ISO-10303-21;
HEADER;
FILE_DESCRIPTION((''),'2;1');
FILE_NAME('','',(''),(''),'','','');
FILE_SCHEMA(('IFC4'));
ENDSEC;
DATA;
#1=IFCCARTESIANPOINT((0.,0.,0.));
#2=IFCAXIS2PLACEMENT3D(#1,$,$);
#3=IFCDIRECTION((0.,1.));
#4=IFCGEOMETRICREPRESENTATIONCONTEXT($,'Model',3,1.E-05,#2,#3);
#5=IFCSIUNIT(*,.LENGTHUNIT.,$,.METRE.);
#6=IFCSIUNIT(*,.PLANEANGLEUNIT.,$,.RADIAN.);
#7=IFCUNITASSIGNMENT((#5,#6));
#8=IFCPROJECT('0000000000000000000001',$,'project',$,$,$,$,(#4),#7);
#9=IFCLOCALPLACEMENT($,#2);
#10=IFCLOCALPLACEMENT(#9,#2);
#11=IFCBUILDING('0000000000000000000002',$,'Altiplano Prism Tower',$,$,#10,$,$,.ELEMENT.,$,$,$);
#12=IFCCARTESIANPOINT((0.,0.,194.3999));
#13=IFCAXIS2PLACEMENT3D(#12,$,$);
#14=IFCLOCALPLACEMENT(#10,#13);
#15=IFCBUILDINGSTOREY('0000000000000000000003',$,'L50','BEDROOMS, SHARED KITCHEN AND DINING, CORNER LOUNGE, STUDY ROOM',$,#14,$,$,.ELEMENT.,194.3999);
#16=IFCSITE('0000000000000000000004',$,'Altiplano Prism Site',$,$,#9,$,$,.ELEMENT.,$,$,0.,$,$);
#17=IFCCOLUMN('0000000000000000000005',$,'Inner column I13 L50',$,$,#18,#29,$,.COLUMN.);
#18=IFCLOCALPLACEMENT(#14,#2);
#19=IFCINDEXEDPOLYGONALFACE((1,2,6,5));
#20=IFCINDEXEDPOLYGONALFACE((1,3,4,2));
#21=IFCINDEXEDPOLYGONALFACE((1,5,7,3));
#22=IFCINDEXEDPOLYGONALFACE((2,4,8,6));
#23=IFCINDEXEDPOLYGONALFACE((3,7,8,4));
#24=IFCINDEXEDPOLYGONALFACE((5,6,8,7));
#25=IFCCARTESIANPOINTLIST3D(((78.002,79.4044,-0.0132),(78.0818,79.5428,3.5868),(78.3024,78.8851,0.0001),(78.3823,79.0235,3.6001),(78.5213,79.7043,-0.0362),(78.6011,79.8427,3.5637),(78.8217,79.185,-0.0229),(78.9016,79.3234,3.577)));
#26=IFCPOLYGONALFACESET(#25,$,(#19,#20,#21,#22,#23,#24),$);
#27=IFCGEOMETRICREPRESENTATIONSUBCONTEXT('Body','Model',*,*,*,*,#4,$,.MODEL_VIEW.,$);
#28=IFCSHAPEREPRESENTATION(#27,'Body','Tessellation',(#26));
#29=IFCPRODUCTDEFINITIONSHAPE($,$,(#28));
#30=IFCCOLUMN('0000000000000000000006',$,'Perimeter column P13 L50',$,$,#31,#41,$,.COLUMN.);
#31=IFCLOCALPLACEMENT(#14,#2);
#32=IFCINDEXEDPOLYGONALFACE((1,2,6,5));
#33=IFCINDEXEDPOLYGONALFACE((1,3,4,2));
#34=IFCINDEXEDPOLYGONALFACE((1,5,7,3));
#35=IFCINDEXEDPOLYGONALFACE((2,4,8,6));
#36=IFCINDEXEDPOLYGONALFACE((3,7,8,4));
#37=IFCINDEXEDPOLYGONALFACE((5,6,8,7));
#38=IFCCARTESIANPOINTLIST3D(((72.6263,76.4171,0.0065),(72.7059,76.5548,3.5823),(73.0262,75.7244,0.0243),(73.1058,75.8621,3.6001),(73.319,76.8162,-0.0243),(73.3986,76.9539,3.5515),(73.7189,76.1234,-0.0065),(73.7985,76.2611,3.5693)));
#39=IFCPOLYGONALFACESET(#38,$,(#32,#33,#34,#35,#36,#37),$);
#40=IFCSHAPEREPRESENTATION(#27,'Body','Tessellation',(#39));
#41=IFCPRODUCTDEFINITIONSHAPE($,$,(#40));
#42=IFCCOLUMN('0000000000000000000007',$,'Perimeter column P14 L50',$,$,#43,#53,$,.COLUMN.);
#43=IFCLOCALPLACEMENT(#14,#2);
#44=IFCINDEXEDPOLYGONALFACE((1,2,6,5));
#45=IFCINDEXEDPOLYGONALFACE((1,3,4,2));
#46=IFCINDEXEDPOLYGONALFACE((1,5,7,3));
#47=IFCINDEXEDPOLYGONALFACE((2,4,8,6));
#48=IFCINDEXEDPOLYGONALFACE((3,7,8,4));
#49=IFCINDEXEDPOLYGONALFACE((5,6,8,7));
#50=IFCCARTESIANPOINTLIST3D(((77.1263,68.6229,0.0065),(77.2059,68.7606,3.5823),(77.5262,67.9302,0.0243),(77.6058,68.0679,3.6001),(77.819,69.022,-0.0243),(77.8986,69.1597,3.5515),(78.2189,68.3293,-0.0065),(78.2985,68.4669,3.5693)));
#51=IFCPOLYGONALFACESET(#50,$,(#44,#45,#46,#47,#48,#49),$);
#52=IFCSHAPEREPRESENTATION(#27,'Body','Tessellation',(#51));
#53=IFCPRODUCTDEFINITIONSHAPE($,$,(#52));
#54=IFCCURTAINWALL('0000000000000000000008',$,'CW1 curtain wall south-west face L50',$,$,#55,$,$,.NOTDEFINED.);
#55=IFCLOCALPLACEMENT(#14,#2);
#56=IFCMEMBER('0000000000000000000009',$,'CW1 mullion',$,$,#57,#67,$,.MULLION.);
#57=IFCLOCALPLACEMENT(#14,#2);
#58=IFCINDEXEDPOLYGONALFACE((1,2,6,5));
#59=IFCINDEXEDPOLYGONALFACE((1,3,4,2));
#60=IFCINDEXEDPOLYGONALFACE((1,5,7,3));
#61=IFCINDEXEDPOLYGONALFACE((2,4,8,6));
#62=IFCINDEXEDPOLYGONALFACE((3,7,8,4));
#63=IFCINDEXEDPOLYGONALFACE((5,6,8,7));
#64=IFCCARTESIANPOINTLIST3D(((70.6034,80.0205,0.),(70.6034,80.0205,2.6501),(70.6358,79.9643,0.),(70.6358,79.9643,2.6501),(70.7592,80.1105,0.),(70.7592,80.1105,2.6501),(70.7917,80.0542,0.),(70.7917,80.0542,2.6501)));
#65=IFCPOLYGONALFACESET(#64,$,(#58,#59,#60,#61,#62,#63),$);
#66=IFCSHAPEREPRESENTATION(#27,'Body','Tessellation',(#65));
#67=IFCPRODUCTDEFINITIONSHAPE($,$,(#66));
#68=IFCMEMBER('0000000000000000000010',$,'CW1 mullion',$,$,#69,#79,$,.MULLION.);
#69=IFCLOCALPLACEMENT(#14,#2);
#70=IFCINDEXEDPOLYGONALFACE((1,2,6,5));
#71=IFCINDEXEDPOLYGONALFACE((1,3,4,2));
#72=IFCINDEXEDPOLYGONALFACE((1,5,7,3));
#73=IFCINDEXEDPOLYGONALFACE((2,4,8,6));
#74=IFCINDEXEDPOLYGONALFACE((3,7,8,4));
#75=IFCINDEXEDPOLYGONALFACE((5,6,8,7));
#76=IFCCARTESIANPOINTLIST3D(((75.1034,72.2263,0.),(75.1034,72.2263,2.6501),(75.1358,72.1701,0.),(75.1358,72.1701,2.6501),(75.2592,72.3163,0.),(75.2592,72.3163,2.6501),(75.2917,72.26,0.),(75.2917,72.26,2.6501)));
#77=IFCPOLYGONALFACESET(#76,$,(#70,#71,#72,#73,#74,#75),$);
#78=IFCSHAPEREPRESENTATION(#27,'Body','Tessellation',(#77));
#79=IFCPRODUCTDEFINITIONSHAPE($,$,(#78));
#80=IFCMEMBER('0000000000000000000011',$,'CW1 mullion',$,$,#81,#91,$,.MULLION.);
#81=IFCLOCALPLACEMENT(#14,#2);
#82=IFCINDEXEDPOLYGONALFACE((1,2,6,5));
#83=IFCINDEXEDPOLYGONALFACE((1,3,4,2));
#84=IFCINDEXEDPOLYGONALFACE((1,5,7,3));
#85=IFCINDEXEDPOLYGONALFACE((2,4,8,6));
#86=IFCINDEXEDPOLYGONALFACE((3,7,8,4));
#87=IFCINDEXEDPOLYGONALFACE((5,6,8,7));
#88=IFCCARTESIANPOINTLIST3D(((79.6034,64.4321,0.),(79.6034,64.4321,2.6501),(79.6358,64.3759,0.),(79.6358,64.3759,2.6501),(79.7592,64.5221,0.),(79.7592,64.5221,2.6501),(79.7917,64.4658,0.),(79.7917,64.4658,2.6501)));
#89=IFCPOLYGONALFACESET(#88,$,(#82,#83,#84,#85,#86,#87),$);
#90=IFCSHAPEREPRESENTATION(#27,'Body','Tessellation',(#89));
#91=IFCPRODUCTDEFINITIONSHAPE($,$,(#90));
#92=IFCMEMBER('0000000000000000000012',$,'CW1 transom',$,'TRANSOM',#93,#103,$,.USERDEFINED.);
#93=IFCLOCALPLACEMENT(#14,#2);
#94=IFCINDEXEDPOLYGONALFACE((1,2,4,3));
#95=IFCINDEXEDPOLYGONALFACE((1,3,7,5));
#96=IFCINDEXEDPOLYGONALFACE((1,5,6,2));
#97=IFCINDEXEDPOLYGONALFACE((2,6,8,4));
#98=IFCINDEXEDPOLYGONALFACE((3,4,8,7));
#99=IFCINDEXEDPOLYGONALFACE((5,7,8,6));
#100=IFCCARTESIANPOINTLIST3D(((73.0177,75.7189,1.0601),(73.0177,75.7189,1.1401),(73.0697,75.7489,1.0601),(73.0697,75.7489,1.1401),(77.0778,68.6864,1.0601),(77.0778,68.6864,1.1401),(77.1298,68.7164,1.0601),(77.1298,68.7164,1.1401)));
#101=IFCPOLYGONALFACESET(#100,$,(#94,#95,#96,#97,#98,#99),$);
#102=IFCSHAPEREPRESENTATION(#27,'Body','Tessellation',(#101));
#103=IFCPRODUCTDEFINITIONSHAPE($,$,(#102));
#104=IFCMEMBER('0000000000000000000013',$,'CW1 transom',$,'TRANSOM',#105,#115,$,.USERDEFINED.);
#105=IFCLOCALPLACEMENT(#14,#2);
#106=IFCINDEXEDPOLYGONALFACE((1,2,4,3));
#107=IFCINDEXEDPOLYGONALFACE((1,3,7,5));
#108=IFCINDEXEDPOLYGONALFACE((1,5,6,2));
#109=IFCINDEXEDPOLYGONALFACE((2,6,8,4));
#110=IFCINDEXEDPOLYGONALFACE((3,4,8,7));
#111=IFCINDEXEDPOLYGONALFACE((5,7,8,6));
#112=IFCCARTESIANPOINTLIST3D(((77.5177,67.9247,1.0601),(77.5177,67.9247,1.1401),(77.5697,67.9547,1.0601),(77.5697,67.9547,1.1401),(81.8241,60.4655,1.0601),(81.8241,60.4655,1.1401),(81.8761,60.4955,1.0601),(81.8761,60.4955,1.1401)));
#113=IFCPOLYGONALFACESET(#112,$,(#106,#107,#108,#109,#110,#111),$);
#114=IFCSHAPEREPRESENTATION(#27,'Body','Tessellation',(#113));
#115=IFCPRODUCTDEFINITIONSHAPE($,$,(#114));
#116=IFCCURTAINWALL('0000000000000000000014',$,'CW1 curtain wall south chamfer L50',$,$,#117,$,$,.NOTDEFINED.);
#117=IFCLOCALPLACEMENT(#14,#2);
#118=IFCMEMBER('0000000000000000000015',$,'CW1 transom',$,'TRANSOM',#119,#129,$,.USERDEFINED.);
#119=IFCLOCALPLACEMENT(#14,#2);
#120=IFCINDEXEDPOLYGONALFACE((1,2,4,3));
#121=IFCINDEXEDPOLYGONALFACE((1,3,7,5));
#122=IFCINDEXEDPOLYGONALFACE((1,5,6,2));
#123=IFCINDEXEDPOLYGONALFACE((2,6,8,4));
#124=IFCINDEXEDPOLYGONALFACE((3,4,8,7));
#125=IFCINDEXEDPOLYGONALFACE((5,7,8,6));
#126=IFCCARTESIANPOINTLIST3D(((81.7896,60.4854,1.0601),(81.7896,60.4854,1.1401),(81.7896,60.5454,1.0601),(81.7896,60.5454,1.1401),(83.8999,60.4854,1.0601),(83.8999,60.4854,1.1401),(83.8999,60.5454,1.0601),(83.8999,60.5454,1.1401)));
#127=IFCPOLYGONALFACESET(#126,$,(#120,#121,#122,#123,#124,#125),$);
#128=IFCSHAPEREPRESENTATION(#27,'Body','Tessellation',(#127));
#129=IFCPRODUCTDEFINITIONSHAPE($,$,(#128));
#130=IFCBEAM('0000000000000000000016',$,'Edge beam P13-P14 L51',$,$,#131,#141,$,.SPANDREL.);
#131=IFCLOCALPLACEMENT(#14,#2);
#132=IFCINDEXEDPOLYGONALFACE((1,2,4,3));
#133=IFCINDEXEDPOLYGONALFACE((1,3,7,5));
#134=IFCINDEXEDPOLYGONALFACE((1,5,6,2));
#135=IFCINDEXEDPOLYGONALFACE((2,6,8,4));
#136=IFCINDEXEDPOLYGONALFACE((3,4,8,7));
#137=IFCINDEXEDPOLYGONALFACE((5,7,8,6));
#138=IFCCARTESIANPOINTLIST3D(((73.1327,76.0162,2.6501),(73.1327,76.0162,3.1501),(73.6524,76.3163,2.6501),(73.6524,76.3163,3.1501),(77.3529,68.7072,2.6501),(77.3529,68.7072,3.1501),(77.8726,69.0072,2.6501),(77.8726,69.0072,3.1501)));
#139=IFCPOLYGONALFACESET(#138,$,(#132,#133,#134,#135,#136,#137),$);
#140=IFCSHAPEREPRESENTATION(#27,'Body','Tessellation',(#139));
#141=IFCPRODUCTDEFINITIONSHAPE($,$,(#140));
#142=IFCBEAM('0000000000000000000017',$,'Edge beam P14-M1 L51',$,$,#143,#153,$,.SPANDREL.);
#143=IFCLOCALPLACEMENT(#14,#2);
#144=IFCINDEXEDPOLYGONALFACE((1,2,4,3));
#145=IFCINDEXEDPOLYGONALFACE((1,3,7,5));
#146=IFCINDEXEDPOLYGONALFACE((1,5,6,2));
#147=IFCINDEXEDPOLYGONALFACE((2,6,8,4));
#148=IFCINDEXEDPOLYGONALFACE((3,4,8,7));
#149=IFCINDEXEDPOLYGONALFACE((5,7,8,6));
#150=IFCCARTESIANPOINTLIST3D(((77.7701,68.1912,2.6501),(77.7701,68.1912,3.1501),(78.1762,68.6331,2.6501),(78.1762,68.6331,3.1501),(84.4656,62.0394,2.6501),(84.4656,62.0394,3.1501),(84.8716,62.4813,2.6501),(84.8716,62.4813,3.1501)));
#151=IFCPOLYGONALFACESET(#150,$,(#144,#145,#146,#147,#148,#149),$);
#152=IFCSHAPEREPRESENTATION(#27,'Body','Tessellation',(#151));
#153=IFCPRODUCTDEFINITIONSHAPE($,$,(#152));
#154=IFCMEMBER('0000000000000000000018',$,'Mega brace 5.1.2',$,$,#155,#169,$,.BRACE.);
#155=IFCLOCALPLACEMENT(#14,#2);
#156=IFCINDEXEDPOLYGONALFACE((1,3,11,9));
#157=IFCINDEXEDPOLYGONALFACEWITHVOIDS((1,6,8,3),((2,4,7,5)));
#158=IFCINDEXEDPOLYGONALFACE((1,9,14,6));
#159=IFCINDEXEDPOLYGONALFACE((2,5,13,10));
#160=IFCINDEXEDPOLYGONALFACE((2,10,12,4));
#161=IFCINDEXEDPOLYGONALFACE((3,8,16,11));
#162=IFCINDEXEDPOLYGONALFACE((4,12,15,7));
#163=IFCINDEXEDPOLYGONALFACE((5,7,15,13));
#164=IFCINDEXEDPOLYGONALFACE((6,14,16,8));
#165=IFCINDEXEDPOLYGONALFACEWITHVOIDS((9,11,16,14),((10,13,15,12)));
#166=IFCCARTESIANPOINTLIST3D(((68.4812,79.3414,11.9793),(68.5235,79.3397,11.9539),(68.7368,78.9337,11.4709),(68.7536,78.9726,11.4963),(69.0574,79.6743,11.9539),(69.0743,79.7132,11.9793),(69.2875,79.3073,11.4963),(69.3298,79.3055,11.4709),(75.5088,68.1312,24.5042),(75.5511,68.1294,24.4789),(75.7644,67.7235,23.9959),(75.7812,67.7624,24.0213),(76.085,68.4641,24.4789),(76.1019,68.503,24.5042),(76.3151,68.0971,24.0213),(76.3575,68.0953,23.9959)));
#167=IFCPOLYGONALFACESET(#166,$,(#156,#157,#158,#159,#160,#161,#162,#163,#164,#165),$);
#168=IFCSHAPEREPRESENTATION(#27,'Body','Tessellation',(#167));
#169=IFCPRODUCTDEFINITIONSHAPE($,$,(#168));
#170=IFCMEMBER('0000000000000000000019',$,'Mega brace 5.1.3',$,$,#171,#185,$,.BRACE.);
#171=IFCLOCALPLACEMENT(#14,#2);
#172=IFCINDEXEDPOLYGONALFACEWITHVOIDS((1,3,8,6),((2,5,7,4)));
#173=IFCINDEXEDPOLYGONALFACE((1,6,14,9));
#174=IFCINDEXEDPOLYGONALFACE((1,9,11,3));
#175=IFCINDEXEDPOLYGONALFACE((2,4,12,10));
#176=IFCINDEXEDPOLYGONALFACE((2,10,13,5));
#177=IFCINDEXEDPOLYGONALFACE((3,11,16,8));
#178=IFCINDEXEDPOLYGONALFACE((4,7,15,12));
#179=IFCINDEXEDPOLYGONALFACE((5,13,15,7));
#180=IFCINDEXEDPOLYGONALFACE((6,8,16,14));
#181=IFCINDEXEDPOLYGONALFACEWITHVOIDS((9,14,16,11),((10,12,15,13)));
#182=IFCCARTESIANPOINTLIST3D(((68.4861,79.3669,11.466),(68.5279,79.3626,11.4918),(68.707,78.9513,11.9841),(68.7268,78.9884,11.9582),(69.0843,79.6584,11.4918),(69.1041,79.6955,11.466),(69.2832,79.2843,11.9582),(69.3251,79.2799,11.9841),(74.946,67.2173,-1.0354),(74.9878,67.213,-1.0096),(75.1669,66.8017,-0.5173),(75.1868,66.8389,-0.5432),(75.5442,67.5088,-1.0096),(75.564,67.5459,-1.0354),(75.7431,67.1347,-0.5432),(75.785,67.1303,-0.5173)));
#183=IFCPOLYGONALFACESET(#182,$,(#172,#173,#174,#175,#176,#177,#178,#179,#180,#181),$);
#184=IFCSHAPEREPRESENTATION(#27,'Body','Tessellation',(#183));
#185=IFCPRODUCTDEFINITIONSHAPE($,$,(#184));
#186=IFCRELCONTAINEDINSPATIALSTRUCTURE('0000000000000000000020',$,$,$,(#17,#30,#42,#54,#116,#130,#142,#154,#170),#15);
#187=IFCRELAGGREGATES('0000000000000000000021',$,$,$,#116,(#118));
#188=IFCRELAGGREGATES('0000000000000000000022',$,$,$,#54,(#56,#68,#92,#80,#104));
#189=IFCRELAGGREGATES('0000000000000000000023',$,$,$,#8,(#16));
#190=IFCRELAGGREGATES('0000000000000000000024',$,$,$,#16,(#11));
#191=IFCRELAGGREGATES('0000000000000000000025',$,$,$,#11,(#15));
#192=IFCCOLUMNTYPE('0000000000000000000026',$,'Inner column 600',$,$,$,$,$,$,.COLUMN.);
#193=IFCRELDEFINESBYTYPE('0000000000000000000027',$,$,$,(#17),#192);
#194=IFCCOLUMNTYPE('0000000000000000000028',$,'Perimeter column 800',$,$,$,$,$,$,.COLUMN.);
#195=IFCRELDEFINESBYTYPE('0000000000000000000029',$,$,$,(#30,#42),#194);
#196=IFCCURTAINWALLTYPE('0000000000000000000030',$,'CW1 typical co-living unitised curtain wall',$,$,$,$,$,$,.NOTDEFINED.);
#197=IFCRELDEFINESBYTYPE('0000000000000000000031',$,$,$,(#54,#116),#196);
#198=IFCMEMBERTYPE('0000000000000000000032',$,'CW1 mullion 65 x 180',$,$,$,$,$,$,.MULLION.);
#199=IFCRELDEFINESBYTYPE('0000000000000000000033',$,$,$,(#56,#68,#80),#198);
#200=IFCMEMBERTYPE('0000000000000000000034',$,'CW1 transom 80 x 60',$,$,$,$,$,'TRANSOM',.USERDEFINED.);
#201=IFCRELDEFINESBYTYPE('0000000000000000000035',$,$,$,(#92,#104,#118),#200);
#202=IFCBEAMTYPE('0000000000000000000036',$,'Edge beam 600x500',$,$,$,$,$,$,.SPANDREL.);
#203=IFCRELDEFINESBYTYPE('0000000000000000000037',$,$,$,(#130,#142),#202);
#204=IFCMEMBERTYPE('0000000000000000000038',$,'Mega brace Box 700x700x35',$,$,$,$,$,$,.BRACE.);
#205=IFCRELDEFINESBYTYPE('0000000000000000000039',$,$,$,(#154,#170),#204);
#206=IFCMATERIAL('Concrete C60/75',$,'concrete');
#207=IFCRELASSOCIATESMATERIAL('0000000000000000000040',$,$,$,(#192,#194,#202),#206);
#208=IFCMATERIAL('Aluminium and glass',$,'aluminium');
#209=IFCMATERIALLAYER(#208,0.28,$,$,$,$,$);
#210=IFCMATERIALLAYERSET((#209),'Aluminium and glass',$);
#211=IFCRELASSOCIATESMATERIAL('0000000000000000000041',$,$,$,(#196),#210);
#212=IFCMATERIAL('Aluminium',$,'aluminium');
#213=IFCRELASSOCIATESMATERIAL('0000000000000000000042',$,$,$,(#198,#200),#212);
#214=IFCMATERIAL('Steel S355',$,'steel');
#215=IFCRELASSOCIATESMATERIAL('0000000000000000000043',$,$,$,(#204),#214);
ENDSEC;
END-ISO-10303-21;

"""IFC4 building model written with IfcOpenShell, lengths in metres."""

from ifc_helpers import new_model, si_unit, direction, frame, origin, origin_2d, place, context, subcontext, project, spatial, rectangle, hollow_rectangle, extrude, material, layer, layer_set, material_profile, profile_set, type_object, element, aggregate, save


model = new_model("IFC4")

# Units and contexts
model_context = context("Model", 3, precision=1e-05, world=origin(), true_north=direction((0.0, 1.0)))
body_context = subcontext(model_context, "Body", "Model", "MODEL_VIEW")
ifc_project = project(units=[si_unit("LENGTHUNIT", "METRE"), si_unit("PLANEANGLEUNIT", "RADIAN")], contexts=[model_context])

# Site, building, storey
site_placement = place(None, origin())
site = spatial("IfcSite", under=ifc_project, at=site_placement, Name="Altiplano Prism Site", CompositionType="ELEMENT", RefElevation=0.0)
building_placement = place(site_placement, origin())
building = spatial("IfcBuilding", under=site, at=building_placement, Name="Altiplano Prism Tower", CompositionType="ELEMENT")
storey_placement = place(building_placement, frame((0.0, 0.0, 194.3999)))
storey = spatial("IfcBuildingStorey", under=building, at=storey_placement, Name="L50", Description="BEDROOMS, SHARED KITCHEN AND DINING, CORNER LOUNGE, STUDY ROOM", CompositionType="ELEMENT", Elevation=194.3999)

# Columns
ifc_material_1 = material(Name="Concrete C60/75", Category="concrete")
ifc_material_profile_1 = material_profile(ifc_material_1, rectangle(XDim=0.6001, YDim=0.6001, at=origin_2d()), Name="Inner column 600")
ifc_profile_set_1 = profile_set([ifc_material_profile_1], Name="Concrete C60/75")
column_type_1 = type_object("IfcColumnType", Name="Inner column 600", PredefinedType="COLUMN", material=ifc_profile_set_1)
column_placement = place(storey_placement, frame((78.4119, 79.2947, -0.0181), z_axis=(0.022155, 0.038416, 0.999016), x_axis=(-0.865365, -0.499669, 0.038405)))
element("IfcColumn", 1, at=column_placement, inside=storey, type_object=column_type_1, Name="Inner column I13 L50", PredefinedType="COLUMN", context=body_context, shape_type="SweptSolid", body=[
    extrude(rectangle(XDim=0.6001, YDim=0.6001, at=origin_2d()), origin(), (0.0, 0.0, 1.0), 3.6035),
])
ifc_material_profile_2 = material_profile(ifc_material_1, rectangle(XDim=0.8, YDim=0.8, at=origin_2d()), Name="Perimeter column 800")
ifc_profile_set_2 = profile_set([ifc_material_profile_2], Name="Concrete C60/75")
column_type_2 = type_object("IfcColumnType", Name="Perimeter column 800", PredefinedType="COLUMN", material=ifc_profile_set_2)
for number, where, z_axis, x_axis, name in (
    (2, (73.1726, 76.2703, 0.0), (0.022235, 0.038468, 0.999012), (-0.865848, -0.498826, 0.038479), "Perimeter column P13 L50"),
    (3, (77.6726, 68.4761, 0.0), (0.022235, 0.038468, 0.999012), (-0.865848, -0.498826, 0.038479), "Perimeter column P14 L50"),
):
    element("IfcColumn", number, at=place(storey_placement, frame(where, z_axis=z_axis, x_axis=x_axis)), inside=storey, type_object=column_type_2, Name=name, PredefinedType="COLUMN", context=body_context, shape_type="SweptSolid", body=[
        extrude(rectangle(XDim=0.8, YDim=0.8, at=origin_2d()), origin(), (0.0, 0.0, 1.0), 3.5793),
    ])

# Curtain wall, members
ifc_material_2 = material(Name="Aluminium and glass", Category="aluminium")
ifc_layer_1 = layer(ifc_material_2, 0.28)
ifc_layer_set_1 = layer_set([ifc_layer_1], Name="Aluminium and glass")
curtain_wall_type = type_object("IfcCurtainWallType", Name="CW1 typical co-living unitised curtain wall", PredefinedType="NOTDEFINED", material=ifc_layer_set_1)
curtain_wall_1_placement = place(storey_placement, origin())
curtain_wall_1 = element("IfcCurtainWall", 4, at=curtain_wall_1_placement, inside=storey, type_object=curtain_wall_type, Name="CW1 curtain wall south-west face L50", PredefinedType="NOTDEFINED")
ifc_material_3 = material(Name="Aluminium", Category="aluminium")
ifc_material_profile_3 = material_profile(ifc_material_3, rectangle(XDim=0.1799, YDim=0.0649, at=origin_2d()), Name="CW1 mullion 65 x 180")
ifc_profile_set_3 = profile_set([ifc_material_profile_3], Name="Aluminium")
member_type_1 = type_object("IfcMemberType", Name="CW1 mullion 65 x 180", PredefinedType="MULLION", material=ifc_profile_set_3)
member_1_placement = place(storey_placement, frame((70.6975, 80.0374, 0.0), z_axis=(0.0, 0.0, 1.0), x_axis=(0.866025, 0.5, 0.0)))
member_1 = element("IfcMember", 5, at=member_1_placement, type_object=member_type_1, Name="CW1 mullion", PredefinedType="MULLION", context=body_context, shape_type="SweptSolid", body=[
    extrude(rectangle(XDim=0.1799, YDim=0.0649, at=origin_2d()), origin(), (0.0, 0.0, 1.0), 2.6501),
])
member_2_placement = place(storey_placement, frame((75.1975, 72.2432, 0.0), z_axis=(0.0, 0.0, 1.0), x_axis=(0.866025, 0.5, 0.0)))
member_2 = element("IfcMember", 6, at=member_2_placement, type_object=member_type_1, Name="CW1 mullion", PredefinedType="MULLION", context=body_context, shape_type="SweptSolid", body=[
    extrude(rectangle(XDim=0.1799, YDim=0.0649, at=origin_2d()), origin(), (0.0, 0.0, 1.0), 2.6501),
])
member_3_placement = place(storey_placement, frame((79.6975, 64.449, 0.0), z_axis=(0.0, 0.0, 1.0), x_axis=(0.866025, 0.5, 0.0)))
member_3 = element("IfcMember", 7, at=member_3_placement, type_object=member_type_1, Name="CW1 mullion", PredefinedType="MULLION", context=body_context, shape_type="SweptSolid", body=[
    extrude(rectangle(XDim=0.1799, YDim=0.0649, at=origin_2d()), origin(), (0.0, 0.0, 1.0), 2.6501),
])
ifc_material_profile_4 = material_profile(ifc_material_3, rectangle(XDim=0.0601, YDim=0.0801, at=origin_2d()), Name="CW1 transom 80 x 60")
ifc_profile_set_4 = profile_set([ifc_material_profile_4], Name="Aluminium")
member_type_2 = type_object("IfcMemberType", Name="CW1 transom 80 x 60", ElementType="TRANSOM", PredefinedType="USERDEFINED", material=ifc_profile_set_4)
member_4_placement = place(storey_placement, frame((73.0437, 75.7339, 1.1001), z_axis=(0.499987, -0.866033, 0.0), x_axis=(0.866033, 0.499987, 0.0)))
member_4 = element("IfcMember", 8, at=member_4_placement, type_object=member_type_2, Name="CW1 transom", ObjectType="TRANSOM", PredefinedType="USERDEFINED", context=body_context, shape_type="SweptSolid", body=[
    extrude(rectangle(XDim=0.0601, YDim=0.0801, at=origin_2d()), origin(), (0.0, 0.0, 1.0), 8.1204),
])
member_5_placement = place(storey_placement, frame((77.5437, 67.9397, 1.1001), z_axis=(0.499983, -0.866035, 0.0), x_axis=(0.866035, 0.499983, 0.0)))
member_5 = element("IfcMember", 9, at=member_5_placement, type_object=member_type_2, Name="CW1 transom", ObjectType="TRANSOM", PredefinedType="USERDEFINED", context=body_context, shape_type="SweptSolid", body=[
    extrude(rectangle(XDim=0.0601, YDim=0.0801, at=origin_2d()), origin(), (0.0, 0.0, 1.0), 8.613),
])

# Curtain wall, member
curtain_wall_2_placement = place(storey_placement, origin())
curtain_wall_2 = element("IfcCurtainWall", 10, at=curtain_wall_2_placement, inside=storey, type_object=curtain_wall_type, Name="CW1 curtain wall south chamfer L50", PredefinedType="NOTDEFINED")
member_6_placement = place(storey_placement, frame((81.7896, 60.5154, 1.1001), z_axis=(1.0, 0.0, 0.0), x_axis=(0.0, 1.0, 0.0)))
member_6 = element("IfcMember", 11, at=member_6_placement, type_object=member_type_2, Name="CW1 transom", ObjectType="TRANSOM", PredefinedType="USERDEFINED", context=body_context, shape_type="SweptSolid", body=[
    extrude(rectangle(XDim=0.0601, YDim=0.0801, at=origin_2d()), origin(), (0.0, 0.0, 1.0), 2.1104),
])
aggregate(curtain_wall_2, [member_6])

# Beams
ifc_material_profile_5 = material_profile(ifc_material_1, rectangle(XDim=0.6001, YDim=0.5, at=origin_2d()), Name="Edge beam 600x500")
ifc_profile_set_5 = profile_set([ifc_material_profile_5], Name="Concrete C60/75")
beam_type_1 = type_object("IfcBeamType", Name="Edge beam 600x500", PredefinedType="SPANDREL", material=ifc_profile_set_5)
beam_1_placement = place(storey_placement, frame((73.3926, 76.1663, 2.9001), z_axis=(0.500028, -0.866009, 0.0), x_axis=(0.866009, 0.500028, 0.0)))
element("IfcBeam", 12, at=beam_1_placement, inside=storey, type_object=beam_type_1, Name="Edge beam P13-P14 L51", PredefinedType="SPANDREL", context=body_context, shape_type="SweptSolid", body=[
    extrude(rectangle(XDim=0.6001, YDim=0.5, at=origin_2d()), origin(), (0.0, 0.0, 1.0), 8.4399),
])
beam_2_placement = place(storey_placement, frame((77.9731, 68.4121, 2.9001), z_axis=(0.736372, -0.676576, 0.0), x_axis=(0.676576, 0.736372, 0.0)))
element("IfcBeam", 13, at=beam_2_placement, inside=storey, type_object=beam_type_1, Name="Edge beam P14-M1 L51", PredefinedType="SPANDREL", context=body_context, shape_type="SweptSolid", body=[
    extrude(rectangle(XDim=0.6001, YDim=0.5, at=origin_2d()), origin(), (0.0, 0.0, 1.0), 9.0925),
])

# Members
ifc_material_4 = material(Name="Steel S355", Category="steel")
ifc_material_profile_6 = material_profile(ifc_material_4, hollow_rectangle(XDim=0.7, YDim=0.7, WallThickness=0.0349, at=origin_2d()), Name="Mega brace Box 700x700x35")
ifc_profile_set_6 = profile_set([ifc_material_profile_6], Name="Steel S355")
member_type_3 = type_object("IfcMemberType", Name="Mega brace Box 700x700x35", PredefinedType="BRACE", material=ifc_profile_set_6)
member_7_placement = place(storey_placement, frame((68.9055, 79.3235, 11.7251), z_axis=(0.38573, -0.615306, 0.687467), x_axis=(0.847277, 0.531151, 0.0)))
element("IfcMember", 14, at=member_7_placement, inside=storey, type_object=member_type_3, Name="Mega brace 5.1.2", PredefinedType="BRACE", context=body_context, shape_type="SweptSolid", body=[
    extrude(hollow_rectangle(XDim=0.7, YDim=0.7, WallThickness=0.0349, at=origin_2d()), origin(), (0.0, 0.0, 1.0), 18.219),
])
member_8_placement = place(storey_placement, frame((75.3655, 67.1738, -0.7764), z_axis=(-0.347475, 0.653517, 0.672441), x_axis=(-0.882951, -0.469464, 0.0)))
element("IfcMember", 15, at=member_8_placement, inside=storey, type_object=member_type_3, Name="Mega brace 5.1.3", PredefinedType="BRACE", context=body_context, shape_type="SweptSolid", body=[
    extrude(hollow_rectangle(XDim=0.7, YDim=0.7, WallThickness=0.0349, at=origin_2d()), origin(), (0.0, 0.0, 1.0), 18.5911),
])

aggregate(curtain_wall_1, [member_1, member_2, member_4, member_3, member_5])

save(model, "model.ifc")
